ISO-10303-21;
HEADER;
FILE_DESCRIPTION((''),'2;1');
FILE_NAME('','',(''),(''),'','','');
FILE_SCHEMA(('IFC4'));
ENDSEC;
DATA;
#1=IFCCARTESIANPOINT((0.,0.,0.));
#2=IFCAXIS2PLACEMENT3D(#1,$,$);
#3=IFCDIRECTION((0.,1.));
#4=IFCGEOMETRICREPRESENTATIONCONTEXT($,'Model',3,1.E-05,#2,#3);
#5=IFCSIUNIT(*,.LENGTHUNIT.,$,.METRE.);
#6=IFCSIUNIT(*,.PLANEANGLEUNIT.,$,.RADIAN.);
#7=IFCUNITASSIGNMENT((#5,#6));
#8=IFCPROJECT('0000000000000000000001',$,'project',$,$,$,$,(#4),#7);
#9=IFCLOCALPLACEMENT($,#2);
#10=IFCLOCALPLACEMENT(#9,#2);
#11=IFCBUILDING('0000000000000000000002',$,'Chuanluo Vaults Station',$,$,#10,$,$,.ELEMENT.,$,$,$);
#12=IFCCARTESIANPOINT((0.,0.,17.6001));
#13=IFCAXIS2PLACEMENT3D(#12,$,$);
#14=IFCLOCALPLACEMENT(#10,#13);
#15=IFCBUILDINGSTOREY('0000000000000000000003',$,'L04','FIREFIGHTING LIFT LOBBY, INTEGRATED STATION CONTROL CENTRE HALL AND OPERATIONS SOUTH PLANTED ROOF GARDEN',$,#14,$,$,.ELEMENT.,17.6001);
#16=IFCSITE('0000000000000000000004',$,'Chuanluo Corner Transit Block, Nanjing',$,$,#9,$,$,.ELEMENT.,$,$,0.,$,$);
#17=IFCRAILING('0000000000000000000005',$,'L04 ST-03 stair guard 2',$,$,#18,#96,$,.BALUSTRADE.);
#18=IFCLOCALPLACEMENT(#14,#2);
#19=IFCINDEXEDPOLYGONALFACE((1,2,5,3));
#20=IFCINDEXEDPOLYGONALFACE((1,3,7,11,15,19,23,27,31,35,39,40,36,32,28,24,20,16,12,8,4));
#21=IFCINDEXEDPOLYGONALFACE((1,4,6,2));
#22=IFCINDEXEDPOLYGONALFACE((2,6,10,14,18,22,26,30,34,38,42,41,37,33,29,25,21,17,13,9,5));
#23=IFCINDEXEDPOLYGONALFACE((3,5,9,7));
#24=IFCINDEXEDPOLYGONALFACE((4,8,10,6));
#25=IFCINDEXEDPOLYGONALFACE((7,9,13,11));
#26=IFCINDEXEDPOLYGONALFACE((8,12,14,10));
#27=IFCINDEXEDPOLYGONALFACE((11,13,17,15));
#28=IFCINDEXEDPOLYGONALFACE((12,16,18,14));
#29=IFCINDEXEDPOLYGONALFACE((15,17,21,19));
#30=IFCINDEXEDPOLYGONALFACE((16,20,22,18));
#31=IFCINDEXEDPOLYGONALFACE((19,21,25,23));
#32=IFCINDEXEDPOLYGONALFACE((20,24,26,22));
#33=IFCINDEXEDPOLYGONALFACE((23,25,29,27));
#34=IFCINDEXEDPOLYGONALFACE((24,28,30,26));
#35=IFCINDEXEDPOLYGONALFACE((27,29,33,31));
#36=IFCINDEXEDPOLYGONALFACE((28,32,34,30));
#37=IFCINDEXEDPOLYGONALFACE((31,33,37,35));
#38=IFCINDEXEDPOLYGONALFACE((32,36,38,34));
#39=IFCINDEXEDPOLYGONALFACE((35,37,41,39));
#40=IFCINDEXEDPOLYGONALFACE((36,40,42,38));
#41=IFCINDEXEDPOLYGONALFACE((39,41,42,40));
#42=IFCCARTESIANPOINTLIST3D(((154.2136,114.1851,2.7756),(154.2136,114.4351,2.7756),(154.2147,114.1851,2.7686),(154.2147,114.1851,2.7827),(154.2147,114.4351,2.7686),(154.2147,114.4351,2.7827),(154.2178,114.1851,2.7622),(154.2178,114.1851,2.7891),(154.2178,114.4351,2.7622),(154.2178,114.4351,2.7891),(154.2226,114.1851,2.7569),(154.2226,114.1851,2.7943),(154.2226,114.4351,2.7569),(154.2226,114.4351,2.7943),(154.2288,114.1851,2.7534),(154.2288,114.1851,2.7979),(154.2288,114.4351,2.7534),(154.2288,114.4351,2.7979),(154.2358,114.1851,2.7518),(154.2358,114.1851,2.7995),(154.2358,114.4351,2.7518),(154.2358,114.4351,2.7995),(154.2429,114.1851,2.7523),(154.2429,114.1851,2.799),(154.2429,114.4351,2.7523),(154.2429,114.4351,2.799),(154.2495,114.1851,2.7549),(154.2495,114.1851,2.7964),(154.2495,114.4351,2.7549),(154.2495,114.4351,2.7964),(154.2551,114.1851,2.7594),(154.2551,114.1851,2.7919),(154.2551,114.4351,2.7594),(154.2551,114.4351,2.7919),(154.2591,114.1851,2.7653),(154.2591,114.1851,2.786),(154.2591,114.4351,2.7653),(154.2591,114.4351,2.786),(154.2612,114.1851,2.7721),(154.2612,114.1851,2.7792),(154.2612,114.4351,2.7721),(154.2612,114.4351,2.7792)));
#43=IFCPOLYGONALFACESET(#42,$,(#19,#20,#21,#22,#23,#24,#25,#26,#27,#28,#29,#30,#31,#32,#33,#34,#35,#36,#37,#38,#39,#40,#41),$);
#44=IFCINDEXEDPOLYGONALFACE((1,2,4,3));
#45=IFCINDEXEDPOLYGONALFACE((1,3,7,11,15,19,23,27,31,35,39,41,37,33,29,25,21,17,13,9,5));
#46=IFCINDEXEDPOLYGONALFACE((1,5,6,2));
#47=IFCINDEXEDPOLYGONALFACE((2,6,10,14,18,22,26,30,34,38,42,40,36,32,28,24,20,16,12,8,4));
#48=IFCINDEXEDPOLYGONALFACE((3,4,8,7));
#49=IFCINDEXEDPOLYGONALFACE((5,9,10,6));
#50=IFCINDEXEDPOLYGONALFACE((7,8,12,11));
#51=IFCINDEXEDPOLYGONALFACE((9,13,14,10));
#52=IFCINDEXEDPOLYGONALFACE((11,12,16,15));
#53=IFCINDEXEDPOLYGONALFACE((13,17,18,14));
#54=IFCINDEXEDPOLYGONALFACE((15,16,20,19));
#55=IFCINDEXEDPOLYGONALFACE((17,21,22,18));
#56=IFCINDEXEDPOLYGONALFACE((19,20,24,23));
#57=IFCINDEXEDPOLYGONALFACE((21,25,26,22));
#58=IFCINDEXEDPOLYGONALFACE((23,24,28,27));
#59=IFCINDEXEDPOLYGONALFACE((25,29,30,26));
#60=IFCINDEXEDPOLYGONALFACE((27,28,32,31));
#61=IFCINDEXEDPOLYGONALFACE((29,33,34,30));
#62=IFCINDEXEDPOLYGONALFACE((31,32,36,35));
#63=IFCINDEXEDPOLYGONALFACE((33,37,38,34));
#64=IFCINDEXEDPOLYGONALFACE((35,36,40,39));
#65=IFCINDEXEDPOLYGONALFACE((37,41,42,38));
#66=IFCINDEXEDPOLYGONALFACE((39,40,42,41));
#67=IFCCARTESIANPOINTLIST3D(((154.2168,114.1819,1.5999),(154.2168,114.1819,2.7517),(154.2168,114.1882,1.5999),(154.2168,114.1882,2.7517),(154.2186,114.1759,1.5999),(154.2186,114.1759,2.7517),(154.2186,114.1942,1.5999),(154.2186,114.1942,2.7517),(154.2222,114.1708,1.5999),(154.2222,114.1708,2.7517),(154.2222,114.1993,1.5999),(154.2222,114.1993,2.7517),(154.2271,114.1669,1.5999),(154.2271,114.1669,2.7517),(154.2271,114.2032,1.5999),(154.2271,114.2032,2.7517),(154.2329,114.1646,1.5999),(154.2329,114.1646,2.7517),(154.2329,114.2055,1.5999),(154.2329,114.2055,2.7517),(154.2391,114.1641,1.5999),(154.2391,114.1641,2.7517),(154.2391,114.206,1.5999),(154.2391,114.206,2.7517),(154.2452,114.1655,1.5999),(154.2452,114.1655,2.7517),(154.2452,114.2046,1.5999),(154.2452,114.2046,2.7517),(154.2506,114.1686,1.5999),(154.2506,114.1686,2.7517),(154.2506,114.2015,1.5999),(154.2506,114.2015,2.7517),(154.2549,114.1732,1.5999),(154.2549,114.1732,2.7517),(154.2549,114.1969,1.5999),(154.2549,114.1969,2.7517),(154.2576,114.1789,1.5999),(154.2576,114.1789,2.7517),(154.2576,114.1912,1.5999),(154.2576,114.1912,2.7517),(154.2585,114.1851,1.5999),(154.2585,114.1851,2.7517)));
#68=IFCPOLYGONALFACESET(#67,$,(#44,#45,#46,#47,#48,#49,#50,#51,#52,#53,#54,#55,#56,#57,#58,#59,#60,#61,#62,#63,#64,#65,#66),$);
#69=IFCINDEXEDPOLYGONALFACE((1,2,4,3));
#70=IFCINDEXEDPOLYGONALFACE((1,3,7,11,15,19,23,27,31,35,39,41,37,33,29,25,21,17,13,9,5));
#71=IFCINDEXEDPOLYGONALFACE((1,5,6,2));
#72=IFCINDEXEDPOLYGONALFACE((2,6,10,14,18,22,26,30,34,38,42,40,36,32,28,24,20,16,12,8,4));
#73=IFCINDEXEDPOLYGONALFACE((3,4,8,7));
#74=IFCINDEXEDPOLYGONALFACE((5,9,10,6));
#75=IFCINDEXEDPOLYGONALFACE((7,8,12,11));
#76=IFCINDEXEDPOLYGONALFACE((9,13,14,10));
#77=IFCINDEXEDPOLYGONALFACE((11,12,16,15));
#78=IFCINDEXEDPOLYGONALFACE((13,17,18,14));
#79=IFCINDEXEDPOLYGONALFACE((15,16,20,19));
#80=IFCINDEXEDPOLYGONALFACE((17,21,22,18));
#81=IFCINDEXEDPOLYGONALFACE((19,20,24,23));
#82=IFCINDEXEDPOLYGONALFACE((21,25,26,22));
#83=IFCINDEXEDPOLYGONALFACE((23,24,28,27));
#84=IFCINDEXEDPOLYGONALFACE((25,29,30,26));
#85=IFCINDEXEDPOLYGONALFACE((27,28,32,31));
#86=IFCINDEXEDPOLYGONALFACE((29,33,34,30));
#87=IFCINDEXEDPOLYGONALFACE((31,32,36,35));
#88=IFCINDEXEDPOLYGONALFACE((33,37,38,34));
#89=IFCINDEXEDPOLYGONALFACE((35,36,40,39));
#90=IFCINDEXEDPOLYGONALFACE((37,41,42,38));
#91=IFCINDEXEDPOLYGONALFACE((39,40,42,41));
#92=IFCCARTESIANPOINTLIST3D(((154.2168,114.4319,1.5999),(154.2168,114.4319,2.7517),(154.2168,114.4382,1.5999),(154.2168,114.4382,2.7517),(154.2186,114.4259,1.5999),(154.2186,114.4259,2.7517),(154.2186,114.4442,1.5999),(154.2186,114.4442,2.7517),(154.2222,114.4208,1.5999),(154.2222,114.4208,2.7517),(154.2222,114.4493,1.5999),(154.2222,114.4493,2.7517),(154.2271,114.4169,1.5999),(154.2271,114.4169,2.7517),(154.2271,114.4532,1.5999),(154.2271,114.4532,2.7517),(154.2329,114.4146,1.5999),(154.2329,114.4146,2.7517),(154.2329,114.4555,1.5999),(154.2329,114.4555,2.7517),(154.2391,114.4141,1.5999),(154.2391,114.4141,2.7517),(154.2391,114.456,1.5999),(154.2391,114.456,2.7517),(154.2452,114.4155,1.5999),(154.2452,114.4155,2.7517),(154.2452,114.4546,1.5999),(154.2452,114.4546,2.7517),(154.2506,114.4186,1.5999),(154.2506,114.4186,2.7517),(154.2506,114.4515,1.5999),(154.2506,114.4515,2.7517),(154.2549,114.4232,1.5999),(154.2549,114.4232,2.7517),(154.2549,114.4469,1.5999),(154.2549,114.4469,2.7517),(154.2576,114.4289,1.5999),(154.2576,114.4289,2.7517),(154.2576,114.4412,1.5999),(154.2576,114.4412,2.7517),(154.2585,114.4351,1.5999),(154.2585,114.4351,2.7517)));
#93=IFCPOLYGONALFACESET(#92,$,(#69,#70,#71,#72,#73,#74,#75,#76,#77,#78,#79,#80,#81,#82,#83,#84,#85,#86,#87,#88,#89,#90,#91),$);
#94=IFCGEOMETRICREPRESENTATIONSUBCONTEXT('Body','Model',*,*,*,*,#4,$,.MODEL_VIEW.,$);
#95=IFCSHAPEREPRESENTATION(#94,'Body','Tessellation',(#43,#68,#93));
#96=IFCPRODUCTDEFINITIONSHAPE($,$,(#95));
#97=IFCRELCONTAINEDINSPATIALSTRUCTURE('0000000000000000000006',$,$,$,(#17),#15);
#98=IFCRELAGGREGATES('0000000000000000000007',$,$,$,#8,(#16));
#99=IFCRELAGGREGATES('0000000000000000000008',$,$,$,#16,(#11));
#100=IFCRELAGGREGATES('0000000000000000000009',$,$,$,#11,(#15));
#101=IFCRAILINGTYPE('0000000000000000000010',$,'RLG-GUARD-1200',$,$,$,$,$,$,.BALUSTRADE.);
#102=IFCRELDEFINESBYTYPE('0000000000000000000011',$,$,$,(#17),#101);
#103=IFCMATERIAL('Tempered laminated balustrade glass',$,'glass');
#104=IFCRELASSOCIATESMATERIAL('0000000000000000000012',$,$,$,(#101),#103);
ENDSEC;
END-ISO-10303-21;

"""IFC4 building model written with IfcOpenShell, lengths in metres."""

from ifc_helpers import new_model, si_unit, direction, frame, origin, origin_2d, place, context, subcontext, project, spatial, circle, extrude, material, type_object, element, save


model = new_model("IFC4")

# Units and contexts
model_context = context("Model", 3, precision=1e-05, world=origin(), true_north=direction((0.0, 1.0)))
body_context = subcontext(model_context, "Body", "Model", "MODEL_VIEW")
ifc_project = project(units=[si_unit("LENGTHUNIT", "METRE"), si_unit("PLANEANGLEUNIT", "RADIAN")], contexts=[model_context])

# Site, building, storey
site_placement = place(None, origin())
site = spatial("IfcSite", under=ifc_project, at=site_placement, Name="Chuanluo Corner Transit Block, Nanjing", CompositionType="ELEMENT", RefElevation=0.0)
building_placement = place(site_placement, origin())
building = spatial("IfcBuilding", under=site, at=building_placement, Name="Chuanluo Vaults Station", CompositionType="ELEMENT")
storey_placement = place(building_placement, frame((0.0, 0.0, 17.6001)))
storey = spatial("IfcBuildingStorey", under=building, at=storey_placement, Name="L04", Description="FIREFIGHTING LIFT LOBBY, INTEGRATED STATION CONTROL CENTRE HALL AND OPERATIONS SOUTH PLANTED ROOF GARDEN", CompositionType="ELEMENT", Elevation=17.6001)

# Railing
ifc_material_1 = material(Name="Tempered laminated balustrade glass", Category="glass")
railing_type_1 = type_object("IfcRailingType", Name="RLG-GUARD-1200", PredefinedType="BALUSTRADE", material=ifc_material_1)
railing_1_placement = place(storey_placement, frame((154.2375, 114.1851, 1.5999)))
element("IfcRailing", 1, at=railing_1_placement, inside=storey, type_object=railing_type_1, Name="L04 ST-03 stair guard 2", PredefinedType="BALUSTRADE", context=body_context, shape_type="SweptSolid", body=[
    extrude(circle(Radius=0.0239, at=origin_2d()), frame((0.0, 0.0, 1.1758), z_axis=(0.0, 1.0, 0.0), x_axis=(-1.0, 0.0, 0.0)), (0.0, 0.0, 1.0), 0.25),
    extrude(circle(Radius=0.021, at=origin_2d()), origin(), (0.0, 0.0, 1.0), 1.1519),
    extrude(circle(Radius=0.021, at=origin_2d()), frame((0.0, 0.25, 0.0)), (0.0, 0.0, 1.0), 1.1519),
])

save(model, "model.ifc")
